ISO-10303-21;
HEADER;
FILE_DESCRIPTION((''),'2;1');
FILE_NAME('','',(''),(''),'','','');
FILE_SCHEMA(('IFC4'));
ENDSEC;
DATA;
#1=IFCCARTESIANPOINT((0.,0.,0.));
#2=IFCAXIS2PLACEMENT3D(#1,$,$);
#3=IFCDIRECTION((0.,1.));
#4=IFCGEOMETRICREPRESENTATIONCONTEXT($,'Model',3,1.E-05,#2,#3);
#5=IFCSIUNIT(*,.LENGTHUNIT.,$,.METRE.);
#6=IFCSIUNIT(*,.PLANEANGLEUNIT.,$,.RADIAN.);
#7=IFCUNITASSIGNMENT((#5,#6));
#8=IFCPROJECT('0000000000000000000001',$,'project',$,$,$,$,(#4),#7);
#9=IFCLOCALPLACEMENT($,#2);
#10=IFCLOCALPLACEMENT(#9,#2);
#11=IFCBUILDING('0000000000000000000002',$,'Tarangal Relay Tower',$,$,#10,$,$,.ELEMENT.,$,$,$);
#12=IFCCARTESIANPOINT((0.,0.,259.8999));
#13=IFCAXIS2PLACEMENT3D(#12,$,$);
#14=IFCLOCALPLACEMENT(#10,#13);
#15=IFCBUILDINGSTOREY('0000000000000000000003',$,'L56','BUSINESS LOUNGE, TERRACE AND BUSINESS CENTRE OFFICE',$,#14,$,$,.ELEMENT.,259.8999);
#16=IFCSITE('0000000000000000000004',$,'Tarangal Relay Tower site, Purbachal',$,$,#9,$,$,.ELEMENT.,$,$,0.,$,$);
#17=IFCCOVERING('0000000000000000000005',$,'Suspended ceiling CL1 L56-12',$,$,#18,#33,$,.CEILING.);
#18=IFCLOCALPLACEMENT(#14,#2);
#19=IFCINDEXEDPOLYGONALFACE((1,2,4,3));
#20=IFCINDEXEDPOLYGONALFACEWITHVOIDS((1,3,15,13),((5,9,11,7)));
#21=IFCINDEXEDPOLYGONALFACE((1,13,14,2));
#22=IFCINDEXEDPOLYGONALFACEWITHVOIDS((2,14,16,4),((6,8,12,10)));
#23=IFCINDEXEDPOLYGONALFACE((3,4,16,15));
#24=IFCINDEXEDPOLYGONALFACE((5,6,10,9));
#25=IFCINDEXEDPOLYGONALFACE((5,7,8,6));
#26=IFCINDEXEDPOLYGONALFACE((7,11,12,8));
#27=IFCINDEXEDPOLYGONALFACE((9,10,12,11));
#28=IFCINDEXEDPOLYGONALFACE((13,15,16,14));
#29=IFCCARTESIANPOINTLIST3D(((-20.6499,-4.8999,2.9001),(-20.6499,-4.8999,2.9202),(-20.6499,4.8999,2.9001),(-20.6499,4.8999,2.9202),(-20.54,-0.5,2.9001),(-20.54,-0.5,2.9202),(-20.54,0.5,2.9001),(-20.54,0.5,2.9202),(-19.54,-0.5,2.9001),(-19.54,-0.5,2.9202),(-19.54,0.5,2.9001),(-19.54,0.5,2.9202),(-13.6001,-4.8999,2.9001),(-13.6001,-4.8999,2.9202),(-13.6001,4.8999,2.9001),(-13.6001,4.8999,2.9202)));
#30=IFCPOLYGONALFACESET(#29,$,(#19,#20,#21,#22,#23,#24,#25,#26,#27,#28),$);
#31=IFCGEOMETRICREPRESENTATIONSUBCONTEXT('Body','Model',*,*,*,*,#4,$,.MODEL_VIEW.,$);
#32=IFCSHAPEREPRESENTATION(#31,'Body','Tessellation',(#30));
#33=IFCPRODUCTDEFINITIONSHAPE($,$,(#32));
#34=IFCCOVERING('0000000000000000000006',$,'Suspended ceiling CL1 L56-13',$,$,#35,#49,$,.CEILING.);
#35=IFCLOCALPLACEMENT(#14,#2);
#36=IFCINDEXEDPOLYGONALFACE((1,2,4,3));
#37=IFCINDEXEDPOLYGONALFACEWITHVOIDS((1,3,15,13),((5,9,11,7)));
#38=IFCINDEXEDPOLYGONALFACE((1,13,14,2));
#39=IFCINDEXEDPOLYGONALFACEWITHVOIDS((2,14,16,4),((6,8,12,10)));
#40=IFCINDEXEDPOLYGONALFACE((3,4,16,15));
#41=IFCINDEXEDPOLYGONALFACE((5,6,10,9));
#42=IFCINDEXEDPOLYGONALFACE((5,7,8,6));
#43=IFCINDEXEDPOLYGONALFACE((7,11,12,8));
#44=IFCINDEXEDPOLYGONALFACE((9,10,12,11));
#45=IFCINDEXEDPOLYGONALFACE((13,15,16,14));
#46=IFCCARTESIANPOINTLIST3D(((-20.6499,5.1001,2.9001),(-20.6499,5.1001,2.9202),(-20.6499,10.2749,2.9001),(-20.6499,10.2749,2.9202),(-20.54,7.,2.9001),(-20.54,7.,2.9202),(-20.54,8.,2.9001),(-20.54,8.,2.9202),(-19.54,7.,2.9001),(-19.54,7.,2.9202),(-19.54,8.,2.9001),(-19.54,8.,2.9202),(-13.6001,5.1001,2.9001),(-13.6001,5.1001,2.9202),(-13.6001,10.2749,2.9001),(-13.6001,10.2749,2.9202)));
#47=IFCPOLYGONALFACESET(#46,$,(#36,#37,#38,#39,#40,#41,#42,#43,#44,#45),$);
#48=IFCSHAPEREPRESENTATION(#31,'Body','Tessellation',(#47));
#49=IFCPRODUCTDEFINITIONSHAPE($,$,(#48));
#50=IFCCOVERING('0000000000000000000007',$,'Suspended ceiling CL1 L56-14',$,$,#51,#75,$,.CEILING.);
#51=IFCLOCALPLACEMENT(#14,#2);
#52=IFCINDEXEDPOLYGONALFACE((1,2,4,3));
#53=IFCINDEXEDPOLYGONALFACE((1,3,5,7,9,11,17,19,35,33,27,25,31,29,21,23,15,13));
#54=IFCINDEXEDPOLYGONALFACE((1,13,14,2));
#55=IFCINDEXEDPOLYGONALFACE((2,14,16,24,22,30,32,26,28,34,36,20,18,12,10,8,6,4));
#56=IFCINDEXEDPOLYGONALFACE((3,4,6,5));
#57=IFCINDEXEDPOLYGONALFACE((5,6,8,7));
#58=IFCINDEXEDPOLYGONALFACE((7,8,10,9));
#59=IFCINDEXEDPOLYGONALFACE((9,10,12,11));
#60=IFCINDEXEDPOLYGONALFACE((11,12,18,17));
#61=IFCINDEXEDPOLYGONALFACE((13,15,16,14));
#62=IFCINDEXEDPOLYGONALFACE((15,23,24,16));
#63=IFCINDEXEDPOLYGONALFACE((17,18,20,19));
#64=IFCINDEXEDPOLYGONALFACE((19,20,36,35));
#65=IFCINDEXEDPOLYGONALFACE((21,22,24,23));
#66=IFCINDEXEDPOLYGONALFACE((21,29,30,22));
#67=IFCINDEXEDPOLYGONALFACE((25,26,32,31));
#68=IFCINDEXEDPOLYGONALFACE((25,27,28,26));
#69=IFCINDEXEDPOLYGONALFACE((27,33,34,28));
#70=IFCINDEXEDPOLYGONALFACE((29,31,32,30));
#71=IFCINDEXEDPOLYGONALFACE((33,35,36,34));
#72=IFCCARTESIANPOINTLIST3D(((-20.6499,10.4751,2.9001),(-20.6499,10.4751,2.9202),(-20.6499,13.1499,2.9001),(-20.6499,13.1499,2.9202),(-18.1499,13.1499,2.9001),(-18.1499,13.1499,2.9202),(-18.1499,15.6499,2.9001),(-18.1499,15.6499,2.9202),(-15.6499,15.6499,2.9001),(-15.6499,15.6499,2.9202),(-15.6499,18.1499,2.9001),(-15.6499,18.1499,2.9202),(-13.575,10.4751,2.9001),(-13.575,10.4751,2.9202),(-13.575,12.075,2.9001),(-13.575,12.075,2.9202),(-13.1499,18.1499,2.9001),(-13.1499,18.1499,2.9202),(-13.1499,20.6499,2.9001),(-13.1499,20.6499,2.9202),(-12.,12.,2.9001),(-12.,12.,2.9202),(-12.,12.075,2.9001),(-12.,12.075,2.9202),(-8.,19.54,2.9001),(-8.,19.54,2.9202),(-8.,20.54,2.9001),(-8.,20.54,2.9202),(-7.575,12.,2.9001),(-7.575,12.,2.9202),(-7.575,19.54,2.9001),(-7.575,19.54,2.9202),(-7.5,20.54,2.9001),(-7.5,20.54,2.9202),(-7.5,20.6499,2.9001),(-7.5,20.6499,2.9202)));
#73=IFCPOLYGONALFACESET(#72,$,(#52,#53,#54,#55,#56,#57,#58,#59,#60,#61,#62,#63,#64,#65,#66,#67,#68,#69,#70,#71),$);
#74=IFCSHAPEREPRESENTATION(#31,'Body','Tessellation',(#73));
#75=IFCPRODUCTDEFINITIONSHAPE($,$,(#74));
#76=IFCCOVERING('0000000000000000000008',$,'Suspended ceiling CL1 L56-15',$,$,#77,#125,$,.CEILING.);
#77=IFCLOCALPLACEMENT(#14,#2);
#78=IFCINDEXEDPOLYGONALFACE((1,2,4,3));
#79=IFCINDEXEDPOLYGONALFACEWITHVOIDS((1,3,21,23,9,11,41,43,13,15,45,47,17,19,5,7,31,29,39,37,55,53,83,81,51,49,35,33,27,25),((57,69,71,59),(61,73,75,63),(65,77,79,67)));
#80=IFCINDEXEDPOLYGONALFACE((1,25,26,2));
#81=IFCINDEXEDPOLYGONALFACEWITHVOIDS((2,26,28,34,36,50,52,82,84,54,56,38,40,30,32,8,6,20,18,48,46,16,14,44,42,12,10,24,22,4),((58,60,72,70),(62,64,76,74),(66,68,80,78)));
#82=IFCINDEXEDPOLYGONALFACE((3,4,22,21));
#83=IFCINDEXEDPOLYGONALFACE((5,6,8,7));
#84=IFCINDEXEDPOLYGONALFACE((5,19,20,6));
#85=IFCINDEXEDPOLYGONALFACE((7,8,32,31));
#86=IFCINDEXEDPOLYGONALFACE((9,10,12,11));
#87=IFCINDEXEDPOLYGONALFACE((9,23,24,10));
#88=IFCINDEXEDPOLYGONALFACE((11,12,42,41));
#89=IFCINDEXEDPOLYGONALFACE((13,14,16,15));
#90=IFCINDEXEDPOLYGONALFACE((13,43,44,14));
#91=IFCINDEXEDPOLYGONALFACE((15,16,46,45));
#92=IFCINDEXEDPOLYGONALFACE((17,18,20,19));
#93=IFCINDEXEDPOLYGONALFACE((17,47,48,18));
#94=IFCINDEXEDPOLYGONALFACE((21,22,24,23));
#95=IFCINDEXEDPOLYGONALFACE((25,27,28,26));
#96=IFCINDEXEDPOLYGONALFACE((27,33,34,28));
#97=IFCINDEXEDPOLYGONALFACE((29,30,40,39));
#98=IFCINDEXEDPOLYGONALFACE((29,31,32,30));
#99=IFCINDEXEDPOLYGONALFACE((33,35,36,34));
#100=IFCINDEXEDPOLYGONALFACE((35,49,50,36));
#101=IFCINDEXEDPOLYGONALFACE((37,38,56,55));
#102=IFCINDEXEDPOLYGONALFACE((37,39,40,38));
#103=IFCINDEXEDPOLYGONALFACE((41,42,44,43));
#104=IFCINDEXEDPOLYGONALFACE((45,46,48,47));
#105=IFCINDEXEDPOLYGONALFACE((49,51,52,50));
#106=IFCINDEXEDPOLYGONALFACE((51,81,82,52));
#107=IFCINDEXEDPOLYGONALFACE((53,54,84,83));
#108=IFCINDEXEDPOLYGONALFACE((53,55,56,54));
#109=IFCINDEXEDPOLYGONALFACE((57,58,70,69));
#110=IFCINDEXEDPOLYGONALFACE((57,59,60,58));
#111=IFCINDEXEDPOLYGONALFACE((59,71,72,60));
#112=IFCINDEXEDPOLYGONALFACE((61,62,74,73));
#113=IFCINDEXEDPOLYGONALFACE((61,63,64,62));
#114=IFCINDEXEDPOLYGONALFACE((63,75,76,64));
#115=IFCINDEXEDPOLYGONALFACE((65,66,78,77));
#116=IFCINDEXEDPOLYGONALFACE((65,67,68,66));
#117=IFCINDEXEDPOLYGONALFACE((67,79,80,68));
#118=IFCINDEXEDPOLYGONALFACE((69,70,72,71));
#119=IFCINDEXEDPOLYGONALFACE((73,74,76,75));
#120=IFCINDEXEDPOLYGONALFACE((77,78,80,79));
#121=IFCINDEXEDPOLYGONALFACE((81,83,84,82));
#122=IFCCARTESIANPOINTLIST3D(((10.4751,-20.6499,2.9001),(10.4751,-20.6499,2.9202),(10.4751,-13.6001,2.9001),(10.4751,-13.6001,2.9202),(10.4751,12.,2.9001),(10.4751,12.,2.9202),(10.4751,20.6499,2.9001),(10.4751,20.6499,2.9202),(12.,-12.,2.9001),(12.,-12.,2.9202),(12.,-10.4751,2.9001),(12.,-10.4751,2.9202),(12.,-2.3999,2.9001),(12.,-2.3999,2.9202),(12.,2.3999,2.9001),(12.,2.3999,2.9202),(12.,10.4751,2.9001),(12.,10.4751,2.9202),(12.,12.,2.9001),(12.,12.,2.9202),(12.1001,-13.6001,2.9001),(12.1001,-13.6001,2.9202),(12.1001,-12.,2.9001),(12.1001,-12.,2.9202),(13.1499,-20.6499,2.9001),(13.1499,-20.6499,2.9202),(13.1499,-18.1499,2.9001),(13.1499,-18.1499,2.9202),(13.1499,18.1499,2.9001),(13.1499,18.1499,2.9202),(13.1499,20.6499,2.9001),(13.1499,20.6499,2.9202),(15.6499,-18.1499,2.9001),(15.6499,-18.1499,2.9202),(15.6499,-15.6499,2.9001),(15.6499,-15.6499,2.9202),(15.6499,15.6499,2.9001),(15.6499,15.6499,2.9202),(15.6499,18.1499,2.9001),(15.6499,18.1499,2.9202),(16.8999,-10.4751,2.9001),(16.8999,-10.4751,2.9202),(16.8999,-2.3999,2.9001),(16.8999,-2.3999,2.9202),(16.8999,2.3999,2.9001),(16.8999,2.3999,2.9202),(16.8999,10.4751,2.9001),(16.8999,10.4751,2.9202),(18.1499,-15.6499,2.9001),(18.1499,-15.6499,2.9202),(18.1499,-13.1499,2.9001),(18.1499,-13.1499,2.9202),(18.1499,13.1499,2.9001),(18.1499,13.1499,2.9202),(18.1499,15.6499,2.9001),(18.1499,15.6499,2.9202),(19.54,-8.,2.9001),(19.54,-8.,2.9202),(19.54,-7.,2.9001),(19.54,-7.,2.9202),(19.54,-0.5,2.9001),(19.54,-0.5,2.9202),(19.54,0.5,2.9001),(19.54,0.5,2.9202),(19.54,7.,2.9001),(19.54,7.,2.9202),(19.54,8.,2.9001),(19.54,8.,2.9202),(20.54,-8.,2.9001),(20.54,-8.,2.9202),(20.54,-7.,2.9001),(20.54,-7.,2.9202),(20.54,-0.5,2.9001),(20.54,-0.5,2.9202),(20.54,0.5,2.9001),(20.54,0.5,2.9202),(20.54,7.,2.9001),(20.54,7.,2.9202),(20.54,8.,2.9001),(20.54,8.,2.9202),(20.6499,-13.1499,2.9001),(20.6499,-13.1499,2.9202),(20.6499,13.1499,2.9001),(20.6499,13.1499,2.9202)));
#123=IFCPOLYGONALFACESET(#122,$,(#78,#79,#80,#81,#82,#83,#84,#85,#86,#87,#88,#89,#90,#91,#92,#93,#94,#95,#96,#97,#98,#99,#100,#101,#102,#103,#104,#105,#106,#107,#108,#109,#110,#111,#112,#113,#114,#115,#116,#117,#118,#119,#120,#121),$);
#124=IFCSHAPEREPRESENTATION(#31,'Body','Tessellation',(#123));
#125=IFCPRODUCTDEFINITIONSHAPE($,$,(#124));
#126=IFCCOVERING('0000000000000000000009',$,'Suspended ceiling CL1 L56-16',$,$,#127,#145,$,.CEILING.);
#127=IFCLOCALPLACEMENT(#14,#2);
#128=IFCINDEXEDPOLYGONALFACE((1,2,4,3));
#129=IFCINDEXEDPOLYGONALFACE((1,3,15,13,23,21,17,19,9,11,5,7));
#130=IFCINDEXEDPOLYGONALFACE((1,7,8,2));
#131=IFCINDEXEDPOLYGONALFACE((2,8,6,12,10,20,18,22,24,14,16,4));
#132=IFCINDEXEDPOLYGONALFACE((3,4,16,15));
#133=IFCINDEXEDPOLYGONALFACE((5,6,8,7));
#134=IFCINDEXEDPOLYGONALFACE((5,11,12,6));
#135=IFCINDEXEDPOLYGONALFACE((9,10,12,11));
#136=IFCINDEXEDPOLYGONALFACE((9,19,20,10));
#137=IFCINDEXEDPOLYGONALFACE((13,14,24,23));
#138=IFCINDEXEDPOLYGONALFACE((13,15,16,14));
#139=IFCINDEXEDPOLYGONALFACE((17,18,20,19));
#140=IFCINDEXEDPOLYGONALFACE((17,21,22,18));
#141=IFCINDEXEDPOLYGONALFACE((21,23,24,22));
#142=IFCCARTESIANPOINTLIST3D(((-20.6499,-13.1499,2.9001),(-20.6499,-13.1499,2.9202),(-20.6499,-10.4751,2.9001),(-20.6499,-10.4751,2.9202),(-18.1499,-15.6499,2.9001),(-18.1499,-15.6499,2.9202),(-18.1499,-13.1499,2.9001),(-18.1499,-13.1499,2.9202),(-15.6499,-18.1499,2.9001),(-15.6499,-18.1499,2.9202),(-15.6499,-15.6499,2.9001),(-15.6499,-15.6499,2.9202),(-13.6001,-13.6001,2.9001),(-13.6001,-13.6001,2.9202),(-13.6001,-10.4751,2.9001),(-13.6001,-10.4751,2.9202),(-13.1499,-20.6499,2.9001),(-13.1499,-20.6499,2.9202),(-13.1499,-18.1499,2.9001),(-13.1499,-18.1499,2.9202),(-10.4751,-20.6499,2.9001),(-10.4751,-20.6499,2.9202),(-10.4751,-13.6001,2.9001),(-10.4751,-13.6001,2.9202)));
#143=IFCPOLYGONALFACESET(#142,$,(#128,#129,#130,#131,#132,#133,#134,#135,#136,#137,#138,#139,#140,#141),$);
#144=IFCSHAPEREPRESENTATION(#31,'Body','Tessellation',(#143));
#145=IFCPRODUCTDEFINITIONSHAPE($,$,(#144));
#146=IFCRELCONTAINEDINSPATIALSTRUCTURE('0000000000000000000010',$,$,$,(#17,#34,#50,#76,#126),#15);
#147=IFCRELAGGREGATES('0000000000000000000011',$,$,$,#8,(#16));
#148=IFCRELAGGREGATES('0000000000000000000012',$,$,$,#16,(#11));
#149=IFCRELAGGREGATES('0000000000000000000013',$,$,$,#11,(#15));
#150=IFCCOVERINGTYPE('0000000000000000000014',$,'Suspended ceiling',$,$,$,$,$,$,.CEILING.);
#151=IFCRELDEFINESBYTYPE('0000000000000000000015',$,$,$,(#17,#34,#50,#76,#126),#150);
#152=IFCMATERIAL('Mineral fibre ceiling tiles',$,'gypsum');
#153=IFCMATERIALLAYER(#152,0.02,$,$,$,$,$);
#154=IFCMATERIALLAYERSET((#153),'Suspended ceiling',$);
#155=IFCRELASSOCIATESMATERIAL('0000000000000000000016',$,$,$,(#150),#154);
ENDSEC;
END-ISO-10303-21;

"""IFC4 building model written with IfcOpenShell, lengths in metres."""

from ifc_helpers import new_model, si_unit, direction, frame, origin, place, context, subcontext, project, spatial, polyline, outline, extrude, material, layer, layer_set, type_object, element, save


model = new_model("IFC4")

# Units and contexts
model_context = context("Model", 3, precision=1e-05, world=origin(), true_north=direction((0.0, 1.0)))
body_context = subcontext(model_context, "Body", "Model", "MODEL_VIEW")
ifc_project = project(units=[si_unit("LENGTHUNIT", "METRE"), si_unit("PLANEANGLEUNIT", "RADIAN")], contexts=[model_context])

# Site, building, storey
site_placement = place(None, origin())
site = spatial("IfcSite", under=ifc_project, at=site_placement, Name="Tarangal Relay Tower site, Purbachal", CompositionType="ELEMENT", RefElevation=0.0)
building_placement = place(site_placement, origin())
building = spatial("IfcBuilding", under=site, at=building_placement, Name="Tarangal Relay Tower", CompositionType="ELEMENT")
storey_placement = place(building_placement, frame((0.0, 0.0, 259.8999)))
storey = spatial("IfcBuildingStorey", under=building, at=storey_placement, Name="L56", Description="BUSINESS LOUNGE, TERRACE AND BUSINESS CENTRE OFFICE", CompositionType="ELEMENT", Elevation=259.8999)

# Coverings
ifc_material_1 = material(Name="Mineral fibre ceiling tiles", Category="gypsum")
ifc_layer_1 = layer(ifc_material_1, 0.02)
ifc_layer_set_1 = layer_set([ifc_layer_1], Name="Suspended ceiling")
covering_type = type_object("IfcCoveringType", Name="Suspended ceiling", PredefinedType="CEILING", material=ifc_layer_set_1)
covering_1_placement = place(storey_placement, frame((0.0, 0.0, 2.9001)))
element("IfcCovering", 1, at=covering_1_placement, inside=storey, type_object=covering_type, Name="Suspended ceiling CL1 L56-12", PredefinedType="CEILING", context=body_context, shape_type="SweptSolid", body=[
    extrude(outline(polyline([(-20.6499, 4.8999), (-20.6499, -4.8999), (-13.6001, -4.8999), (-13.6001, 4.8999), (-20.6499, 4.8999)]), holes=[polyline([(-19.54, 0.5), (-20.54, 0.5), (-20.54, -0.5), (-19.54, -0.5), (-19.54, 0.5)])]), origin(), (0.0, 0.0, 1.0), 0.02),
])
covering_2_placement = place(storey_placement, frame((0.0, 0.0, 2.9001)))
element("IfcCovering", 2, at=covering_2_placement, inside=storey, type_object=covering_type, Name="Suspended ceiling CL1 L56-13", PredefinedType="CEILING", context=body_context, shape_type="SweptSolid", body=[
    extrude(outline(polyline([(-20.6499, 10.2749), (-20.6499, 5.1001), (-13.6001, 5.1001), (-13.6001, 10.2749), (-20.6499, 10.2749)]), holes=[polyline([(-19.54, 8.0), (-20.54, 8.0), (-20.54, 7.0), (-19.54, 7.0), (-19.54, 8.0)])]), origin(), (0.0, 0.0, 1.0), 0.02),
])
covering_3_placement = place(storey_placement, frame((0.0, 0.0, 2.9001)))
element("IfcCovering", 3, at=covering_3_placement, inside=storey, type_object=covering_type, Name="Suspended ceiling CL1 L56-14", PredefinedType="CEILING", context=body_context, shape_type="SweptSolid", body=[
    extrude(outline(polyline([(-20.6499, 13.1499), (-20.6499, 10.4751), (-13.575, 10.4751), (-13.575, 12.075), (-12.0, 12.075), (-12.0, 12.0), (-7.575, 12.0), (-7.575, 19.54), (-8.0, 19.54), (-8.0, 20.54), (-7.5, 20.54), (-7.5, 20.6499), (-13.1499, 20.6499), (-13.1499, 18.1499), (-15.6499, 18.1499), (-15.6499, 15.6499), (-18.1499, 15.6499), (-18.1499, 13.1499), (-20.6499, 13.1499)])), origin(), (0.0, 0.0, 1.0), 0.02),
])
covering_4_placement = place(storey_placement, frame((0.0, 0.0, 2.9001)))
element("IfcCovering", 4, at=covering_4_placement, inside=storey, type_object=covering_type, Name="Suspended ceiling CL1 L56-15", PredefinedType="CEILING", context=body_context, shape_type="SweptSolid", body=[
    extrude(outline(polyline([(12.0, -2.3999), (16.8999, -2.3999), (16.8999, -10.4751), (12.0, -10.4751), (12.0, -12.0), (12.1001, -12.0), (12.1001, -13.6001), (10.4751, -13.6001), (10.4751, -20.6499), (13.1499, -20.6499), (13.1499, -18.1499), (15.6499, -18.1499), (15.6499, -15.6499), (18.1499, -15.6499), (18.1499, -13.1499), (20.6499, -13.1499), (20.6499, 13.1499), (18.1499, 13.1499), (18.1499, 15.6499), (15.6499, 15.6499), (15.6499, 18.1499), (13.1499, 18.1499), (13.1499, 20.6499), (10.4751, 20.6499), (10.4751, 12.0), (12.0, 12.0), (12.0, 10.4751), (16.8999, 10.4751), (16.8999, 2.3999), (12.0, 2.3999), (12.0, -2.3999)]), holes=[polyline([(20.54, -8.0), (20.54, -7.0), (19.54, -7.0), (19.54, -8.0), (20.54, -8.0)]), polyline([(19.54, -0.5), (20.54, -0.5), (20.54, 0.5), (19.54, 0.5), (19.54, -0.5)]), polyline([(19.54, 7.0), (20.54, 7.0), (20.54, 8.0), (19.54, 8.0), (19.54, 7.0)])]), origin(), (0.0, 0.0, 1.0), 0.02),
])
covering_5_placement = place(storey_placement, frame((0.0, 0.0, 2.9001)))
element("IfcCovering", 5, at=covering_5_placement, inside=storey, type_object=covering_type, Name="Suspended ceiling CL1 L56-16", PredefinedType="CEILING", context=body_context, shape_type="SweptSolid", body=[
    extrude(outline(polyline([(-13.1499, -18.1499), (-13.1499, -20.6499), (-10.4751, -20.6499), (-10.4751, -13.6001), (-13.6001, -13.6001), (-13.6001, -10.4751), (-20.6499, -10.4751), (-20.6499, -13.1499), (-18.1499, -13.1499), (-18.1499, -15.6499), (-15.6499, -15.6499), (-15.6499, -18.1499), (-13.1499, -18.1499)])), origin(), (0.0, 0.0, 1.0), 0.02),
])

save(model, "model.ifc")
